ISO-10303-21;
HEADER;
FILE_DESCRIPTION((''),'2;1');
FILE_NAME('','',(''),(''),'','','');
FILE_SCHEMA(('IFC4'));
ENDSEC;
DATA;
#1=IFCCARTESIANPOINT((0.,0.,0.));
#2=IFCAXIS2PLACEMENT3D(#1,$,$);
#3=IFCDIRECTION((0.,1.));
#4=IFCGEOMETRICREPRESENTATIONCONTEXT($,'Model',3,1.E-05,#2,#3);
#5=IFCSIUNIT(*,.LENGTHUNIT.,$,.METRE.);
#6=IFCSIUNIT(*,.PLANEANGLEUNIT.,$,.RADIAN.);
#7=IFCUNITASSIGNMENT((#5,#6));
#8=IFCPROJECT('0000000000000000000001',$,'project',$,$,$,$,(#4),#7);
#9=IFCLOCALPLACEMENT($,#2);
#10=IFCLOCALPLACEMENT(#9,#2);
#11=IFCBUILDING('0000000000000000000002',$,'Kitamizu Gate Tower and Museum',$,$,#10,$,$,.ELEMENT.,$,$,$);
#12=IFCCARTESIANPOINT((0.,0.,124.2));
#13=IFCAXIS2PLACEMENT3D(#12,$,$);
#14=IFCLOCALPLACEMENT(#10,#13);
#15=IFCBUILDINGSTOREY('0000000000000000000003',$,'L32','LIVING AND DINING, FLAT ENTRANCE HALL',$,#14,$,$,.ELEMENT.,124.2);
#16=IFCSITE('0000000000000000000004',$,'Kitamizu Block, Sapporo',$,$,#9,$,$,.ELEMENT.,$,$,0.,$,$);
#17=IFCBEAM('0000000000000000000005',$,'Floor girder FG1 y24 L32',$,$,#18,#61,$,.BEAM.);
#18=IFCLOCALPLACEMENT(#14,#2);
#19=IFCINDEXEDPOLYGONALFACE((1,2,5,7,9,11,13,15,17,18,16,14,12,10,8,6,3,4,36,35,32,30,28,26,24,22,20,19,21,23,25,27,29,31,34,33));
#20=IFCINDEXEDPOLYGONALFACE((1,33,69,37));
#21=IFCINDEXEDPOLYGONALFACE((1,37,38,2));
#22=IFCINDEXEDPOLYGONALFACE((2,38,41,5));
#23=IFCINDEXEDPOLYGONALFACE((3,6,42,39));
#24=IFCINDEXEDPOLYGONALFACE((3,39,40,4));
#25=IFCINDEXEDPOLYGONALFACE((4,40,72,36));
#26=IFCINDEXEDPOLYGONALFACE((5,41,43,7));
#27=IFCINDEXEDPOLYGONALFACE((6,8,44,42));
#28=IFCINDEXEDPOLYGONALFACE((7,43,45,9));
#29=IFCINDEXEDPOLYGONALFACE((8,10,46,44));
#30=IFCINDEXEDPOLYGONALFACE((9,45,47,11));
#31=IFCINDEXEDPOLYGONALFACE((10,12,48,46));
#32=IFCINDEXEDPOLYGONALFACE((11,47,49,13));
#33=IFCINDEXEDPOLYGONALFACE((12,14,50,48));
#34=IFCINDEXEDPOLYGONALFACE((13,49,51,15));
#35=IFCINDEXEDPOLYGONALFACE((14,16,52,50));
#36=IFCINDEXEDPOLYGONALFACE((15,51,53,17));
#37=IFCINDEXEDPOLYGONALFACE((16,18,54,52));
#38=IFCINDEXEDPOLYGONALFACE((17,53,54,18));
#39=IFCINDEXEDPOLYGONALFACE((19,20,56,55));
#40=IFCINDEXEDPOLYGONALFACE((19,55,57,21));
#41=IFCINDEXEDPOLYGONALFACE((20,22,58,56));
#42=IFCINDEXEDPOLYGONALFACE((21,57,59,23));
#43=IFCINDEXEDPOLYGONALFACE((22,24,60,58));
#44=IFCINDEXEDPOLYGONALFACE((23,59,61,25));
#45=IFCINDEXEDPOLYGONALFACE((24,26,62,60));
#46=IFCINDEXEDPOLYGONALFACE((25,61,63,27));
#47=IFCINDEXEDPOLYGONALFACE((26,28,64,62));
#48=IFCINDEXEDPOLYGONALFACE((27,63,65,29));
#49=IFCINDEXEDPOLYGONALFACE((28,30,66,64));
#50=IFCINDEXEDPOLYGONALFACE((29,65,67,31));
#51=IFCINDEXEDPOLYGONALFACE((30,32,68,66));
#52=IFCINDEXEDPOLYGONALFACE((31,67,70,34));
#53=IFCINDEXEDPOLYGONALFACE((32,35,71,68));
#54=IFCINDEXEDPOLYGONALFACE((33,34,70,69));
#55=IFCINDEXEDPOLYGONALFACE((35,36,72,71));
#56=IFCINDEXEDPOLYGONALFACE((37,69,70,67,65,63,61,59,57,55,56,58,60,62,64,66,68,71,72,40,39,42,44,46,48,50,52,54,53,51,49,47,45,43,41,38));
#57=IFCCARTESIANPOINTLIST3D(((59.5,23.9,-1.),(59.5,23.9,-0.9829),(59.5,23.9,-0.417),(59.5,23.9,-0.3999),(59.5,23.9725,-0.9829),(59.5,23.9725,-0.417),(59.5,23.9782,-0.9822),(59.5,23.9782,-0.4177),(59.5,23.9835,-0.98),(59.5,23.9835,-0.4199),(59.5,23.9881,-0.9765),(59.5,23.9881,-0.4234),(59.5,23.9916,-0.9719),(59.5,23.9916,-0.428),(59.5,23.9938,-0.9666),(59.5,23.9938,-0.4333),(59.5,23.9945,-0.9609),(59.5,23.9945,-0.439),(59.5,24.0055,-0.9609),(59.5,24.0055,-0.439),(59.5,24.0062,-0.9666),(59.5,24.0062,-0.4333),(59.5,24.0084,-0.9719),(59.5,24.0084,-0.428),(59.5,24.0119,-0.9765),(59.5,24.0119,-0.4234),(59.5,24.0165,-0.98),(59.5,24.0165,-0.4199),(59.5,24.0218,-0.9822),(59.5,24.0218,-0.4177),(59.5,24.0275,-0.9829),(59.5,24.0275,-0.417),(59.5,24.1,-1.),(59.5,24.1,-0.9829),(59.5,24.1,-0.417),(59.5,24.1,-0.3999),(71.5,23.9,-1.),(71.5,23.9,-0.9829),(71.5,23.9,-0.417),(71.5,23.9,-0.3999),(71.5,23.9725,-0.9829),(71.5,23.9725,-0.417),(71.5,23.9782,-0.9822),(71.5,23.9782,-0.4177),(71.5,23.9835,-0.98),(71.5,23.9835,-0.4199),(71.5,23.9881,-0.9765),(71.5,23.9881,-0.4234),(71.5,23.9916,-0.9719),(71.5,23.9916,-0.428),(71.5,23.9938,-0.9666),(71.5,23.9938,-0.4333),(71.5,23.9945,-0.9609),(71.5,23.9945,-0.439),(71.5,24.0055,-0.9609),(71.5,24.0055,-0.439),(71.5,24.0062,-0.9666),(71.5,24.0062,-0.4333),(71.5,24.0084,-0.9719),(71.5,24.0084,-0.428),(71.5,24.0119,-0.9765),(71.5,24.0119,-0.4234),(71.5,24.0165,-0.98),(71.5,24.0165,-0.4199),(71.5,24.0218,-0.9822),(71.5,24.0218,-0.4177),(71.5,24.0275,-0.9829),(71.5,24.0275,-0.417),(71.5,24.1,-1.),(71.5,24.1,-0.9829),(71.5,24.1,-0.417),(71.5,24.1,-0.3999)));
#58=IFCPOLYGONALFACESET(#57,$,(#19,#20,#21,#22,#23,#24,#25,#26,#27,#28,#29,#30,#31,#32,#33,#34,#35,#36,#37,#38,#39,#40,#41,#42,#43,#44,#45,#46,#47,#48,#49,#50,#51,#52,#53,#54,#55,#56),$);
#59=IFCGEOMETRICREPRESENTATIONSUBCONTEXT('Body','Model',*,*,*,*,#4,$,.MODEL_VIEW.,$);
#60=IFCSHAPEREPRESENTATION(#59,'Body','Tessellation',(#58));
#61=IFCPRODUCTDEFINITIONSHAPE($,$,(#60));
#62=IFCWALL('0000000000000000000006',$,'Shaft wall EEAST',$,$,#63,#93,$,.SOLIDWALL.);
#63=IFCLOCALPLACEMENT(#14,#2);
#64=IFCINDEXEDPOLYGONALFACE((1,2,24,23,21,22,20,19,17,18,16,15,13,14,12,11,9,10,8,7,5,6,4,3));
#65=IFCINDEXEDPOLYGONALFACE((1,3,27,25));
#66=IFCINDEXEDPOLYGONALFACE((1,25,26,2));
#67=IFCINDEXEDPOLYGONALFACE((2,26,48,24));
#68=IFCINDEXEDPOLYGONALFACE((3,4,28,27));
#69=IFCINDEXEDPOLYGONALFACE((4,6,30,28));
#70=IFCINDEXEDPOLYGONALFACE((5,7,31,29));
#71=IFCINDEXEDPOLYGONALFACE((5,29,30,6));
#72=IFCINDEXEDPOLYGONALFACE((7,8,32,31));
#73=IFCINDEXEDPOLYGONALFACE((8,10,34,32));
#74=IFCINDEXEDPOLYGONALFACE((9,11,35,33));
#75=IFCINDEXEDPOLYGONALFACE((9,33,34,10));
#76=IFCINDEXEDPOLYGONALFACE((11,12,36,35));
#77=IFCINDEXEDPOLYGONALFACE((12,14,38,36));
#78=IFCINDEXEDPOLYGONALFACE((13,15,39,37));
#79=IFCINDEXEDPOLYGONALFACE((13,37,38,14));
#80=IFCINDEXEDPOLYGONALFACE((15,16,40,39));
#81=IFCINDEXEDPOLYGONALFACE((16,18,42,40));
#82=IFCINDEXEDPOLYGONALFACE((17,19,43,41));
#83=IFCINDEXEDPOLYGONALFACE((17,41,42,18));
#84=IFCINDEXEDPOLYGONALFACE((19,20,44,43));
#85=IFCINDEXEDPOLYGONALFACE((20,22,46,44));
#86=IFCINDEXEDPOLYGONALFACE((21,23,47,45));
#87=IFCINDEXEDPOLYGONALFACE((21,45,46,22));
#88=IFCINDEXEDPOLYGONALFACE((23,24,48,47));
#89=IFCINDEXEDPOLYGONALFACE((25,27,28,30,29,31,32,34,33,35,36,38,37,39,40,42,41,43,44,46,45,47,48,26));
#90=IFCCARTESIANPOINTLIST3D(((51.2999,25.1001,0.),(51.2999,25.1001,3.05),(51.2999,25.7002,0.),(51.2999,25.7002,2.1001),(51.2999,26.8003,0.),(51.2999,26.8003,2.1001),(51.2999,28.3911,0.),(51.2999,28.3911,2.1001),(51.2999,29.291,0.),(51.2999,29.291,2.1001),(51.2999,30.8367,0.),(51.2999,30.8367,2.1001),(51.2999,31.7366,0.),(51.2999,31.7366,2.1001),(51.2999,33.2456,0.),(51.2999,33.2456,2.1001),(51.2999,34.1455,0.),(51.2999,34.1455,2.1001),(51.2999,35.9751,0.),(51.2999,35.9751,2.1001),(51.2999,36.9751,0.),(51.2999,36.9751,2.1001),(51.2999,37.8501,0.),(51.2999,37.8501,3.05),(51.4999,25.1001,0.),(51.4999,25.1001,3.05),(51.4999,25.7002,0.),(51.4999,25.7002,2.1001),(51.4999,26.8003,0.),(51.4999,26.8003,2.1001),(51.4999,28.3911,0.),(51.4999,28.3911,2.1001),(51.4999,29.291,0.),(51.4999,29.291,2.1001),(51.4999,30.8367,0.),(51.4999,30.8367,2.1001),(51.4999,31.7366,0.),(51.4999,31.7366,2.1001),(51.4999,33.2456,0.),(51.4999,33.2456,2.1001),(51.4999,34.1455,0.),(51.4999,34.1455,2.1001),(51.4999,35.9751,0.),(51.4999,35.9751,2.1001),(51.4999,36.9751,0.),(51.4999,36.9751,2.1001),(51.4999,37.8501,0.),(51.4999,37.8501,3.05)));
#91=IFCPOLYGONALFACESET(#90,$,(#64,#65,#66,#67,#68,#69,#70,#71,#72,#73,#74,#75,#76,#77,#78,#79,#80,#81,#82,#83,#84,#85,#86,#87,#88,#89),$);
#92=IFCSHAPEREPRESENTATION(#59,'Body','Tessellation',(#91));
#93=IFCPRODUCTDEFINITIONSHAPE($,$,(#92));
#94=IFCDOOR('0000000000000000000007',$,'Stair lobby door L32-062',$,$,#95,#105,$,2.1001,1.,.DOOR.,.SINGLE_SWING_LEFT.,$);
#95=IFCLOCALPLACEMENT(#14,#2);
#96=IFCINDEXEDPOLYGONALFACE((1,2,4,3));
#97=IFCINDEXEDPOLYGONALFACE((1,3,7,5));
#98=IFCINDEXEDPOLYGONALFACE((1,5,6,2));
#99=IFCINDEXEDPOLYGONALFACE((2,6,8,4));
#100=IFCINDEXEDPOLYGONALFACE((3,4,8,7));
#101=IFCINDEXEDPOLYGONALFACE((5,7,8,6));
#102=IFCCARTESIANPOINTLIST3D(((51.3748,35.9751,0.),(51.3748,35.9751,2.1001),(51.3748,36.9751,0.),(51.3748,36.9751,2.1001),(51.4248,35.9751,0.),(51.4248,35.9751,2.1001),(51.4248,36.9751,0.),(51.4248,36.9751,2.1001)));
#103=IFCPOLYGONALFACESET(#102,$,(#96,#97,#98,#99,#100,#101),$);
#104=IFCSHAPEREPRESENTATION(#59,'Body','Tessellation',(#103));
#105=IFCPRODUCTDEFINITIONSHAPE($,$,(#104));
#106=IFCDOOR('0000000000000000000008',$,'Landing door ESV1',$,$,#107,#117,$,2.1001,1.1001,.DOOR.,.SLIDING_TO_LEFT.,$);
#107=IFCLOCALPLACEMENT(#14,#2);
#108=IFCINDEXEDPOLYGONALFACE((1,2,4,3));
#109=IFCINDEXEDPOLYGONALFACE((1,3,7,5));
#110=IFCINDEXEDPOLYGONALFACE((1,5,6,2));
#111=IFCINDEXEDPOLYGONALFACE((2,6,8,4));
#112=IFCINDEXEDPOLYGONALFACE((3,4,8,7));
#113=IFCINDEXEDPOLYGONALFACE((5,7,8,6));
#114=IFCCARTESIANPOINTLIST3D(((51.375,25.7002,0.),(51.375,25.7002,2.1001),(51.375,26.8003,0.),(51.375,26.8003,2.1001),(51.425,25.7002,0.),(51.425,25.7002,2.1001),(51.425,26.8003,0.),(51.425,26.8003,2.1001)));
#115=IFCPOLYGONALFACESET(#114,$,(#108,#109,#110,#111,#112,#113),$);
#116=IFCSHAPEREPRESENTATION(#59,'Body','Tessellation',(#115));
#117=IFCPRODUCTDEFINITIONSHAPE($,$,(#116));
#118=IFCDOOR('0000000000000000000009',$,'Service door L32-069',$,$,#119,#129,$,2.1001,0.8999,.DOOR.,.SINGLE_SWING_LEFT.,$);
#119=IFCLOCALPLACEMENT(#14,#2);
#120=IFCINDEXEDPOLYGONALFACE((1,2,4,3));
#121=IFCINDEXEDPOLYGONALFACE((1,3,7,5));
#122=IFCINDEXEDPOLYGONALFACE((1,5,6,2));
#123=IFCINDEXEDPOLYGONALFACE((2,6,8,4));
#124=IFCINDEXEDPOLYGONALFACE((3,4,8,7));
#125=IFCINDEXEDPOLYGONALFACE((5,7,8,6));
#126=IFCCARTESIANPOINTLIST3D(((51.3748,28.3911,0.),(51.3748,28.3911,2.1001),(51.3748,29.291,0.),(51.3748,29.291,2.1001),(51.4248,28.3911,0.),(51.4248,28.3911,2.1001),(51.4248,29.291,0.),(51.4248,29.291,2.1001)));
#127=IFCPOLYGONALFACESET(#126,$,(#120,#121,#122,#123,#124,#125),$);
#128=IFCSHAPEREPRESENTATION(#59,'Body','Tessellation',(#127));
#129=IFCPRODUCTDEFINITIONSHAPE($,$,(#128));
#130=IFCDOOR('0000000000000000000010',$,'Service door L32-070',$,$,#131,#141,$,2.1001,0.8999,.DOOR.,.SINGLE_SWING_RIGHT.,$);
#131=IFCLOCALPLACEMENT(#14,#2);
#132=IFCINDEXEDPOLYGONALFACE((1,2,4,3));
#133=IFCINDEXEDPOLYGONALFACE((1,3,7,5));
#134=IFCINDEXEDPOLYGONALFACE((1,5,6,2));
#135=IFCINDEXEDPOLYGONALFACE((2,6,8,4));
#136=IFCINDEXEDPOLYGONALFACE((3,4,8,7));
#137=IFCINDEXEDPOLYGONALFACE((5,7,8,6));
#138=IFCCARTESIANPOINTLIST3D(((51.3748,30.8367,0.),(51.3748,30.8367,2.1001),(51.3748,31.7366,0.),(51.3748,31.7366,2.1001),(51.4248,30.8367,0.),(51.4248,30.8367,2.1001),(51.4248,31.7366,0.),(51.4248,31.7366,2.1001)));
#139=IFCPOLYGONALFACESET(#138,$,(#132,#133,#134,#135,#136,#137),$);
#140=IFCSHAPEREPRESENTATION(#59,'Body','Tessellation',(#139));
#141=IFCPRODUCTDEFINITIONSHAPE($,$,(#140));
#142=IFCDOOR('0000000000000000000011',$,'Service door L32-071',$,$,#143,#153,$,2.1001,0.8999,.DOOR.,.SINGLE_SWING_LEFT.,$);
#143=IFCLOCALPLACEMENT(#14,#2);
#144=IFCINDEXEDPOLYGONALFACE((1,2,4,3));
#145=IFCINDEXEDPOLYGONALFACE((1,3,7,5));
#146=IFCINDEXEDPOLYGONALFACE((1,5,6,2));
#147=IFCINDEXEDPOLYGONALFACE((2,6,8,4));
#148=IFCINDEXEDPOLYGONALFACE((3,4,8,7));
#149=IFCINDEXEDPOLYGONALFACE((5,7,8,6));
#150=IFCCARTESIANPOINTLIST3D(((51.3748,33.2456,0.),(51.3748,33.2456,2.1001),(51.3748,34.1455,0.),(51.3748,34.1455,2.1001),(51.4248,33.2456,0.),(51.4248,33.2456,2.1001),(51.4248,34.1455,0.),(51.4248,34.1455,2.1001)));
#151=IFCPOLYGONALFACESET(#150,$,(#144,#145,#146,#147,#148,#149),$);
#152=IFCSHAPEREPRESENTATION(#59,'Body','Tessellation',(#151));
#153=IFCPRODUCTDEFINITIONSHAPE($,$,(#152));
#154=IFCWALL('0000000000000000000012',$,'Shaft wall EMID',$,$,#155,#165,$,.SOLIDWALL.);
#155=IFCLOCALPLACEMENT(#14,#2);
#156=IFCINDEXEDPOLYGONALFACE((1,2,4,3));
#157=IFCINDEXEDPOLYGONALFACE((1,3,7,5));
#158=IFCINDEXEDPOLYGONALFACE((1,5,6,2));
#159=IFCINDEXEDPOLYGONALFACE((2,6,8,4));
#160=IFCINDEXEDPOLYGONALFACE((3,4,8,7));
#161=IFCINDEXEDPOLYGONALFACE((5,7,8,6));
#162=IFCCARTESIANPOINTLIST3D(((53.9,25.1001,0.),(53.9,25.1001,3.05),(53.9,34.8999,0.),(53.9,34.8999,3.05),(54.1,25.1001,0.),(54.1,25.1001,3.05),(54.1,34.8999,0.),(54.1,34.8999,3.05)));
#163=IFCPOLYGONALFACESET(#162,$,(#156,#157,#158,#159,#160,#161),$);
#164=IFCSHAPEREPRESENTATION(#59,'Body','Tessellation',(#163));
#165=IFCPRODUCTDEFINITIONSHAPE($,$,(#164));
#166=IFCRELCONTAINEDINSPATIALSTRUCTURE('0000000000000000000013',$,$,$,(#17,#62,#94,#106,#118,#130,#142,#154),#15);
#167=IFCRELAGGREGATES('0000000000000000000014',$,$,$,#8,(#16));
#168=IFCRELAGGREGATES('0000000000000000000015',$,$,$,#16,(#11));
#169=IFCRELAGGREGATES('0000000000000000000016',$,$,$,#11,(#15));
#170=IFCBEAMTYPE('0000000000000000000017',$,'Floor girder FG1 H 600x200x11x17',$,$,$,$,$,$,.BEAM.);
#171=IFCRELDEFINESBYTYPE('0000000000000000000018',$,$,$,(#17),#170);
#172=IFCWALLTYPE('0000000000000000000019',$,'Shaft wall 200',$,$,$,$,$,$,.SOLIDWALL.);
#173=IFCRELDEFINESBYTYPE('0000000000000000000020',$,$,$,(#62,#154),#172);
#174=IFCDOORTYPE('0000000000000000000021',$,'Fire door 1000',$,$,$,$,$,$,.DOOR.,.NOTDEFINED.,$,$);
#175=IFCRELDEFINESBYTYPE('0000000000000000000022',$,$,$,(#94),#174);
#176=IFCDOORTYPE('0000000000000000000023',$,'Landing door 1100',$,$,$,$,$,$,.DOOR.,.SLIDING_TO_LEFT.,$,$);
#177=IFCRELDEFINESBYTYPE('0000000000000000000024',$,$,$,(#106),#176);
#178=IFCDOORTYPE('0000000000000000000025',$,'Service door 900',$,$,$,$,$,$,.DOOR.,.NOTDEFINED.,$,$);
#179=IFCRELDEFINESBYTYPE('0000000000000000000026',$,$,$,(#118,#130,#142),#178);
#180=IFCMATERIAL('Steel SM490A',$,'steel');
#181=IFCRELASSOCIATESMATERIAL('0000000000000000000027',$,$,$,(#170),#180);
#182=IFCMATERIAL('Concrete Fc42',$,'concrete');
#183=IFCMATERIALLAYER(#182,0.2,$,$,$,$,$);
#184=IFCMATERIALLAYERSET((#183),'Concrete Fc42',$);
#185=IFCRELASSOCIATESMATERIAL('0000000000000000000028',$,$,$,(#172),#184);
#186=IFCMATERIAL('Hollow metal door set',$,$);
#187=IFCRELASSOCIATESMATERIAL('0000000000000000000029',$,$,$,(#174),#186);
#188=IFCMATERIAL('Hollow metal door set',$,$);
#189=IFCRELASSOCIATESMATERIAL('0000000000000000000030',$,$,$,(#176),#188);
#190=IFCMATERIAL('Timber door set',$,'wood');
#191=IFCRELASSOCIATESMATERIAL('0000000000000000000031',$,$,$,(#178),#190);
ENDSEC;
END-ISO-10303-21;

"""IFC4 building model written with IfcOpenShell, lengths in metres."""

from ifc_helpers import new_model, si_unit, direction, frame, frame_2d, origin, origin_2d, place, context, subcontext, project, spatial, rectangle, i_section, extrude, material, layer, layer_set, material_profile, profile_set, type_object, element, fill, save


model = new_model("IFC4")

# Units and contexts
model_context = context("Model", 3, precision=1e-05, world=origin(), true_north=direction((0.0, 1.0)))
body_context = subcontext(model_context, "Body", "Model", "MODEL_VIEW")
ifc_project = project(units=[si_unit("LENGTHUNIT", "METRE"), si_unit("PLANEANGLEUNIT", "RADIAN")], contexts=[model_context])

# Site, building, storey
site_placement = place(None, origin())
site = spatial("IfcSite", under=ifc_project, at=site_placement, Name="Kitamizu Block, Sapporo", CompositionType="ELEMENT", RefElevation=0.0)
building_placement = place(site_placement, origin())
building = spatial("IfcBuilding", under=site, at=building_placement, Name="Kitamizu Gate Tower and Museum", CompositionType="ELEMENT")
storey_placement = place(building_placement, frame((0.0, 0.0, 124.2)))
storey = spatial("IfcBuildingStorey", under=building, at=storey_placement, Name="L32", Description="LIVING AND DINING, FLAT ENTRANCE HALL", CompositionType="ELEMENT", Elevation=124.2)

# Beam
ifc_material_1 = material(Name="Steel SM490A", Category="steel")
ifc_material_profile = material_profile(ifc_material_1, i_section(OverallWidth=0.2, OverallDepth=0.6001, WebThickness=0.011, FlangeThickness=0.0171, FilletRadius=0.022, at=origin_2d()), Name="H-600x200x11x17")
ifc_profile_set = profile_set([ifc_material_profile], Name="Steel SM490A")
beam_type = type_object("IfcBeamType", Name="Floor girder FG1 H 600x200x11x17", PredefinedType="BEAM", material=ifc_profile_set)
beam_placement = place(storey_placement, frame((59.5, 24.0, -0.7), z_axis=(1.0, 0.0, 0.0), x_axis=(0.0, 1.0, 0.0)))
element("IfcBeam", 1, at=beam_placement, inside=storey, type_object=beam_type, Name="Floor girder FG1 y24 L32", PredefinedType="BEAM", context=body_context, shape_type="SweptSolid", body=[
    extrude(i_section(OverallWidth=0.2, OverallDepth=0.6001, WebThickness=0.011, FlangeThickness=0.0171, FilletRadius=0.022, at=origin_2d()), origin(), (0.0, 0.0, 1.0), 12.0),
])

# Wall, openings, doors
ifc_material_2 = material(Name="Concrete Fc42", Category="concrete")
ifc_layer = layer(ifc_material_2, 0.2)
ifc_layer_set = layer_set([ifc_layer], Name="Concrete Fc42")
wall_type = type_object("IfcWallType", Name="Shaft wall 200", PredefinedType="SOLIDWALL", material=ifc_layer_set)
wall_1_placement = place(storey_placement, frame((51.3999, 25.1001, 0.0), z_axis=(0.0, 0.0, 1.0), x_axis=(0.0, 1.0, 0.0)))
wall_1 = element("IfcWall", 2, at=wall_1_placement, inside=storey, type_object=wall_type, Name="Shaft wall EEAST", PredefinedType="SOLIDWALL", context=body_context, shape_type="SweptSolid", body=[
    extrude(rectangle(XDim=12.75, YDim=0.2, at=frame_2d((6.375, 0.0))), origin(), (0.0, 0.0, 1.0), 3.05),
])
opening_1_placement = place(wall_1_placement, frame((0.6001, 0.0, 0.0)))
opening_1 = element("IfcOpeningElement", 3, at=opening_1_placement, cuts=wall_1, PredefinedType="OPENING", context=body_context, shape_type="SweptSolid", body=[
    extrude(rectangle(XDim=1.1001, YDim=2.1001, at=frame_2d((0.55, 1.05))), frame((0.0, 0.1099, 0.0), z_axis=(0.0, -1.0, 0.0), x_axis=(1.0, 0.0, 0.0)), (0.0, 0.0, 1.0), 0.22),
])
opening_2_placement = place(wall_1_placement, frame((10.875, 0.0, 0.0)))
opening_2 = element("IfcOpeningElement", 4, at=opening_2_placement, cuts=wall_1, PredefinedType="OPENING", context=body_context, shape_type="SweptSolid", body=[
    extrude(rectangle(XDim=1.0, YDim=2.1001, at=frame_2d((0.5, 1.05))), frame((0.0, 0.1099, 0.0), z_axis=(0.0, -1.0, 0.0), x_axis=(1.0, 0.0, 0.0)), (0.0, 0.0, 1.0), 0.22),
])
opening_3_placement = place(wall_1_placement, frame((3.291, 0.0, 0.0)))
opening_3 = element("IfcOpeningElement", 5, at=opening_3_placement, cuts=wall_1, PredefinedType="OPENING", context=body_context, shape_type="SweptSolid", body=[
    extrude(rectangle(XDim=0.8999, YDim=2.1001, at=frame_2d((0.45, 1.05))), frame((0.0, 0.1099, 0.0), z_axis=(0.0, -1.0, 0.0), x_axis=(1.0, 0.0, 0.0)), (0.0, 0.0, 1.0), 0.22),
])
opening_4_placement = place(wall_1_placement, frame((5.7366, 0.0, 0.0)))
opening_4 = element("IfcOpeningElement", 6, at=opening_4_placement, cuts=wall_1, PredefinedType="OPENING", context=body_context, shape_type="SweptSolid", body=[
    extrude(rectangle(XDim=0.8999, YDim=2.1001, at=frame_2d((0.45, 1.05))), frame((0.0, 0.1099, 0.0), z_axis=(0.0, -1.0, 0.0), x_axis=(1.0, 0.0, 0.0)), (0.0, 0.0, 1.0), 0.22),
])
opening_5_placement = place(wall_1_placement, frame((8.1455, 0.0, 0.0)))
opening_5 = element("IfcOpeningElement", 7, at=opening_5_placement, cuts=wall_1, PredefinedType="OPENING", context=body_context, shape_type="SweptSolid", body=[
    extrude(rectangle(XDim=0.8999, YDim=2.1001, at=frame_2d((0.45, 1.05))), frame((0.0, 0.1099, 0.0), z_axis=(0.0, -1.0, 0.0), x_axis=(1.0, 0.0, 0.0)), (0.0, 0.0, 1.0), 0.22),
])
ifc_material_3 = material(Name="Hollow metal door set")
door_type_1 = type_object("IfcDoorType", Name="Fire door 1000", OperationType="NOTDEFINED", PredefinedType="DOOR", material=ifc_material_3)
door_1_placement = place(opening_2_placement, frame((1.0, 0.0, 0.0), x_axis=(-1.0, 0.0, 0.0)))
door_1 = element("IfcDoor", 8, at=door_1_placement, inside=storey, type_object=door_type_1, Name="Stair lobby door L32-062", OperationType="SINGLE_SWING_LEFT", OverallHeight=2.1001, OverallWidth=1.0, PredefinedType="DOOR", context=body_context, shape_type="SweptSolid", body=[
    extrude(rectangle(XDim=1.0, YDim=2.1001, at=frame_2d((0.5, 1.05))), frame((0.0, 0.0249, 0.0), z_axis=(0.0, -1.0, 0.0), x_axis=(1.0, 0.0, 0.0)), (0.0, 0.0, 1.0), 0.05),
])
fill(opening_2, door_1)
ifc_material_4 = material(Name="Hollow metal door set")
door_type_2 = type_object("IfcDoorType", Name="Landing door 1100", OperationType="SLIDING_TO_LEFT", PredefinedType="DOOR", material=ifc_material_4)
door_2_placement = place(opening_1_placement, origin())
door_2 = element("IfcDoor", 9, at=door_2_placement, inside=storey, type_object=door_type_2, Name="Landing door ESV1", OperationType="SLIDING_TO_LEFT", OverallHeight=2.1001, OverallWidth=1.1001, PredefinedType="DOOR", context=body_context, shape_type="SweptSolid", body=[
    extrude(rectangle(XDim=1.1001, YDim=2.1001, at=frame_2d((0.55, 1.05))), frame((0.0, 0.0249, 0.0), z_axis=(0.0, -1.0, 0.0), x_axis=(1.0, 0.0, 0.0)), (0.0, 0.0, 1.0), 0.05),
])
fill(opening_1, door_2)
ifc_material_5 = material(Name="Timber door set", Category="wood")
door_type_3 = type_object("IfcDoorType", Name="Service door 900", OperationType="NOTDEFINED", PredefinedType="DOOR", material=ifc_material_5)
door_3_placement = place(opening_3_placement, frame((0.8999, 0.0, 0.0), x_axis=(-1.0, 0.0, 0.0)))
door_3 = element("IfcDoor", 10, at=door_3_placement, inside=storey, type_object=door_type_3, Name="Service door L32-069", OperationType="SINGLE_SWING_LEFT", OverallHeight=2.1001, OverallWidth=0.8999, PredefinedType="DOOR", context=body_context, shape_type="SweptSolid", body=[
    extrude(rectangle(XDim=0.8999, YDim=2.1001, at=frame_2d((0.45, 1.05))), frame((0.0, 0.0249, 0.0), z_axis=(0.0, -1.0, 0.0), x_axis=(1.0, 0.0, 0.0)), (0.0, 0.0, 1.0), 0.05),
])
fill(opening_3, door_3)
door_4_placement = place(opening_4_placement, frame((0.8999, 0.0, 0.0), x_axis=(-1.0, 0.0, 0.0)))
door_4 = element("IfcDoor", 11, at=door_4_placement, inside=storey, type_object=door_type_3, Name="Service door L32-070", OperationType="SINGLE_SWING_RIGHT", OverallHeight=2.1001, OverallWidth=0.8999, PredefinedType="DOOR", context=body_context, shape_type="SweptSolid", body=[
    extrude(rectangle(XDim=0.8999, YDim=2.1001, at=frame_2d((0.45, 1.05))), frame((0.0, 0.0249, 0.0), z_axis=(0.0, -1.0, 0.0), x_axis=(1.0, 0.0, 0.0)), (0.0, 0.0, 1.0), 0.05),
])
fill(opening_4, door_4)
door_5_placement = place(opening_5_placement, frame((0.8999, 0.0, 0.0), x_axis=(-1.0, 0.0, 0.0)))
door_5 = element("IfcDoor", 12, at=door_5_placement, inside=storey, type_object=door_type_3, Name="Service door L32-071", OperationType="SINGLE_SWING_LEFT", OverallHeight=2.1001, OverallWidth=0.8999, PredefinedType="DOOR", context=body_context, shape_type="SweptSolid", body=[
    extrude(rectangle(XDim=0.8999, YDim=2.1001, at=frame_2d((0.45, 1.05))), frame((0.0, 0.0249, 0.0), z_axis=(0.0, -1.0, 0.0), x_axis=(1.0, 0.0, 0.0)), (0.0, 0.0, 1.0), 0.05),
])
fill(opening_5, door_5)

# Wall
wall_2_placement = place(storey_placement, frame((54.0, 25.1001, 0.0), z_axis=(0.0, 0.0, 1.0), x_axis=(0.0, 1.0, 0.0)))
element("IfcWall", 13, at=wall_2_placement, inside=storey, type_object=wall_type, Name="Shaft wall EMID", PredefinedType="SOLIDWALL", context=body_context, shape_type="SweptSolid", body=[
    extrude(rectangle(XDim=9.7998, YDim=0.2, at=frame_2d((4.8999, 0.0))), origin(), (0.0, 0.0, 1.0), 3.05),
])

save(model, "model.ifc")
